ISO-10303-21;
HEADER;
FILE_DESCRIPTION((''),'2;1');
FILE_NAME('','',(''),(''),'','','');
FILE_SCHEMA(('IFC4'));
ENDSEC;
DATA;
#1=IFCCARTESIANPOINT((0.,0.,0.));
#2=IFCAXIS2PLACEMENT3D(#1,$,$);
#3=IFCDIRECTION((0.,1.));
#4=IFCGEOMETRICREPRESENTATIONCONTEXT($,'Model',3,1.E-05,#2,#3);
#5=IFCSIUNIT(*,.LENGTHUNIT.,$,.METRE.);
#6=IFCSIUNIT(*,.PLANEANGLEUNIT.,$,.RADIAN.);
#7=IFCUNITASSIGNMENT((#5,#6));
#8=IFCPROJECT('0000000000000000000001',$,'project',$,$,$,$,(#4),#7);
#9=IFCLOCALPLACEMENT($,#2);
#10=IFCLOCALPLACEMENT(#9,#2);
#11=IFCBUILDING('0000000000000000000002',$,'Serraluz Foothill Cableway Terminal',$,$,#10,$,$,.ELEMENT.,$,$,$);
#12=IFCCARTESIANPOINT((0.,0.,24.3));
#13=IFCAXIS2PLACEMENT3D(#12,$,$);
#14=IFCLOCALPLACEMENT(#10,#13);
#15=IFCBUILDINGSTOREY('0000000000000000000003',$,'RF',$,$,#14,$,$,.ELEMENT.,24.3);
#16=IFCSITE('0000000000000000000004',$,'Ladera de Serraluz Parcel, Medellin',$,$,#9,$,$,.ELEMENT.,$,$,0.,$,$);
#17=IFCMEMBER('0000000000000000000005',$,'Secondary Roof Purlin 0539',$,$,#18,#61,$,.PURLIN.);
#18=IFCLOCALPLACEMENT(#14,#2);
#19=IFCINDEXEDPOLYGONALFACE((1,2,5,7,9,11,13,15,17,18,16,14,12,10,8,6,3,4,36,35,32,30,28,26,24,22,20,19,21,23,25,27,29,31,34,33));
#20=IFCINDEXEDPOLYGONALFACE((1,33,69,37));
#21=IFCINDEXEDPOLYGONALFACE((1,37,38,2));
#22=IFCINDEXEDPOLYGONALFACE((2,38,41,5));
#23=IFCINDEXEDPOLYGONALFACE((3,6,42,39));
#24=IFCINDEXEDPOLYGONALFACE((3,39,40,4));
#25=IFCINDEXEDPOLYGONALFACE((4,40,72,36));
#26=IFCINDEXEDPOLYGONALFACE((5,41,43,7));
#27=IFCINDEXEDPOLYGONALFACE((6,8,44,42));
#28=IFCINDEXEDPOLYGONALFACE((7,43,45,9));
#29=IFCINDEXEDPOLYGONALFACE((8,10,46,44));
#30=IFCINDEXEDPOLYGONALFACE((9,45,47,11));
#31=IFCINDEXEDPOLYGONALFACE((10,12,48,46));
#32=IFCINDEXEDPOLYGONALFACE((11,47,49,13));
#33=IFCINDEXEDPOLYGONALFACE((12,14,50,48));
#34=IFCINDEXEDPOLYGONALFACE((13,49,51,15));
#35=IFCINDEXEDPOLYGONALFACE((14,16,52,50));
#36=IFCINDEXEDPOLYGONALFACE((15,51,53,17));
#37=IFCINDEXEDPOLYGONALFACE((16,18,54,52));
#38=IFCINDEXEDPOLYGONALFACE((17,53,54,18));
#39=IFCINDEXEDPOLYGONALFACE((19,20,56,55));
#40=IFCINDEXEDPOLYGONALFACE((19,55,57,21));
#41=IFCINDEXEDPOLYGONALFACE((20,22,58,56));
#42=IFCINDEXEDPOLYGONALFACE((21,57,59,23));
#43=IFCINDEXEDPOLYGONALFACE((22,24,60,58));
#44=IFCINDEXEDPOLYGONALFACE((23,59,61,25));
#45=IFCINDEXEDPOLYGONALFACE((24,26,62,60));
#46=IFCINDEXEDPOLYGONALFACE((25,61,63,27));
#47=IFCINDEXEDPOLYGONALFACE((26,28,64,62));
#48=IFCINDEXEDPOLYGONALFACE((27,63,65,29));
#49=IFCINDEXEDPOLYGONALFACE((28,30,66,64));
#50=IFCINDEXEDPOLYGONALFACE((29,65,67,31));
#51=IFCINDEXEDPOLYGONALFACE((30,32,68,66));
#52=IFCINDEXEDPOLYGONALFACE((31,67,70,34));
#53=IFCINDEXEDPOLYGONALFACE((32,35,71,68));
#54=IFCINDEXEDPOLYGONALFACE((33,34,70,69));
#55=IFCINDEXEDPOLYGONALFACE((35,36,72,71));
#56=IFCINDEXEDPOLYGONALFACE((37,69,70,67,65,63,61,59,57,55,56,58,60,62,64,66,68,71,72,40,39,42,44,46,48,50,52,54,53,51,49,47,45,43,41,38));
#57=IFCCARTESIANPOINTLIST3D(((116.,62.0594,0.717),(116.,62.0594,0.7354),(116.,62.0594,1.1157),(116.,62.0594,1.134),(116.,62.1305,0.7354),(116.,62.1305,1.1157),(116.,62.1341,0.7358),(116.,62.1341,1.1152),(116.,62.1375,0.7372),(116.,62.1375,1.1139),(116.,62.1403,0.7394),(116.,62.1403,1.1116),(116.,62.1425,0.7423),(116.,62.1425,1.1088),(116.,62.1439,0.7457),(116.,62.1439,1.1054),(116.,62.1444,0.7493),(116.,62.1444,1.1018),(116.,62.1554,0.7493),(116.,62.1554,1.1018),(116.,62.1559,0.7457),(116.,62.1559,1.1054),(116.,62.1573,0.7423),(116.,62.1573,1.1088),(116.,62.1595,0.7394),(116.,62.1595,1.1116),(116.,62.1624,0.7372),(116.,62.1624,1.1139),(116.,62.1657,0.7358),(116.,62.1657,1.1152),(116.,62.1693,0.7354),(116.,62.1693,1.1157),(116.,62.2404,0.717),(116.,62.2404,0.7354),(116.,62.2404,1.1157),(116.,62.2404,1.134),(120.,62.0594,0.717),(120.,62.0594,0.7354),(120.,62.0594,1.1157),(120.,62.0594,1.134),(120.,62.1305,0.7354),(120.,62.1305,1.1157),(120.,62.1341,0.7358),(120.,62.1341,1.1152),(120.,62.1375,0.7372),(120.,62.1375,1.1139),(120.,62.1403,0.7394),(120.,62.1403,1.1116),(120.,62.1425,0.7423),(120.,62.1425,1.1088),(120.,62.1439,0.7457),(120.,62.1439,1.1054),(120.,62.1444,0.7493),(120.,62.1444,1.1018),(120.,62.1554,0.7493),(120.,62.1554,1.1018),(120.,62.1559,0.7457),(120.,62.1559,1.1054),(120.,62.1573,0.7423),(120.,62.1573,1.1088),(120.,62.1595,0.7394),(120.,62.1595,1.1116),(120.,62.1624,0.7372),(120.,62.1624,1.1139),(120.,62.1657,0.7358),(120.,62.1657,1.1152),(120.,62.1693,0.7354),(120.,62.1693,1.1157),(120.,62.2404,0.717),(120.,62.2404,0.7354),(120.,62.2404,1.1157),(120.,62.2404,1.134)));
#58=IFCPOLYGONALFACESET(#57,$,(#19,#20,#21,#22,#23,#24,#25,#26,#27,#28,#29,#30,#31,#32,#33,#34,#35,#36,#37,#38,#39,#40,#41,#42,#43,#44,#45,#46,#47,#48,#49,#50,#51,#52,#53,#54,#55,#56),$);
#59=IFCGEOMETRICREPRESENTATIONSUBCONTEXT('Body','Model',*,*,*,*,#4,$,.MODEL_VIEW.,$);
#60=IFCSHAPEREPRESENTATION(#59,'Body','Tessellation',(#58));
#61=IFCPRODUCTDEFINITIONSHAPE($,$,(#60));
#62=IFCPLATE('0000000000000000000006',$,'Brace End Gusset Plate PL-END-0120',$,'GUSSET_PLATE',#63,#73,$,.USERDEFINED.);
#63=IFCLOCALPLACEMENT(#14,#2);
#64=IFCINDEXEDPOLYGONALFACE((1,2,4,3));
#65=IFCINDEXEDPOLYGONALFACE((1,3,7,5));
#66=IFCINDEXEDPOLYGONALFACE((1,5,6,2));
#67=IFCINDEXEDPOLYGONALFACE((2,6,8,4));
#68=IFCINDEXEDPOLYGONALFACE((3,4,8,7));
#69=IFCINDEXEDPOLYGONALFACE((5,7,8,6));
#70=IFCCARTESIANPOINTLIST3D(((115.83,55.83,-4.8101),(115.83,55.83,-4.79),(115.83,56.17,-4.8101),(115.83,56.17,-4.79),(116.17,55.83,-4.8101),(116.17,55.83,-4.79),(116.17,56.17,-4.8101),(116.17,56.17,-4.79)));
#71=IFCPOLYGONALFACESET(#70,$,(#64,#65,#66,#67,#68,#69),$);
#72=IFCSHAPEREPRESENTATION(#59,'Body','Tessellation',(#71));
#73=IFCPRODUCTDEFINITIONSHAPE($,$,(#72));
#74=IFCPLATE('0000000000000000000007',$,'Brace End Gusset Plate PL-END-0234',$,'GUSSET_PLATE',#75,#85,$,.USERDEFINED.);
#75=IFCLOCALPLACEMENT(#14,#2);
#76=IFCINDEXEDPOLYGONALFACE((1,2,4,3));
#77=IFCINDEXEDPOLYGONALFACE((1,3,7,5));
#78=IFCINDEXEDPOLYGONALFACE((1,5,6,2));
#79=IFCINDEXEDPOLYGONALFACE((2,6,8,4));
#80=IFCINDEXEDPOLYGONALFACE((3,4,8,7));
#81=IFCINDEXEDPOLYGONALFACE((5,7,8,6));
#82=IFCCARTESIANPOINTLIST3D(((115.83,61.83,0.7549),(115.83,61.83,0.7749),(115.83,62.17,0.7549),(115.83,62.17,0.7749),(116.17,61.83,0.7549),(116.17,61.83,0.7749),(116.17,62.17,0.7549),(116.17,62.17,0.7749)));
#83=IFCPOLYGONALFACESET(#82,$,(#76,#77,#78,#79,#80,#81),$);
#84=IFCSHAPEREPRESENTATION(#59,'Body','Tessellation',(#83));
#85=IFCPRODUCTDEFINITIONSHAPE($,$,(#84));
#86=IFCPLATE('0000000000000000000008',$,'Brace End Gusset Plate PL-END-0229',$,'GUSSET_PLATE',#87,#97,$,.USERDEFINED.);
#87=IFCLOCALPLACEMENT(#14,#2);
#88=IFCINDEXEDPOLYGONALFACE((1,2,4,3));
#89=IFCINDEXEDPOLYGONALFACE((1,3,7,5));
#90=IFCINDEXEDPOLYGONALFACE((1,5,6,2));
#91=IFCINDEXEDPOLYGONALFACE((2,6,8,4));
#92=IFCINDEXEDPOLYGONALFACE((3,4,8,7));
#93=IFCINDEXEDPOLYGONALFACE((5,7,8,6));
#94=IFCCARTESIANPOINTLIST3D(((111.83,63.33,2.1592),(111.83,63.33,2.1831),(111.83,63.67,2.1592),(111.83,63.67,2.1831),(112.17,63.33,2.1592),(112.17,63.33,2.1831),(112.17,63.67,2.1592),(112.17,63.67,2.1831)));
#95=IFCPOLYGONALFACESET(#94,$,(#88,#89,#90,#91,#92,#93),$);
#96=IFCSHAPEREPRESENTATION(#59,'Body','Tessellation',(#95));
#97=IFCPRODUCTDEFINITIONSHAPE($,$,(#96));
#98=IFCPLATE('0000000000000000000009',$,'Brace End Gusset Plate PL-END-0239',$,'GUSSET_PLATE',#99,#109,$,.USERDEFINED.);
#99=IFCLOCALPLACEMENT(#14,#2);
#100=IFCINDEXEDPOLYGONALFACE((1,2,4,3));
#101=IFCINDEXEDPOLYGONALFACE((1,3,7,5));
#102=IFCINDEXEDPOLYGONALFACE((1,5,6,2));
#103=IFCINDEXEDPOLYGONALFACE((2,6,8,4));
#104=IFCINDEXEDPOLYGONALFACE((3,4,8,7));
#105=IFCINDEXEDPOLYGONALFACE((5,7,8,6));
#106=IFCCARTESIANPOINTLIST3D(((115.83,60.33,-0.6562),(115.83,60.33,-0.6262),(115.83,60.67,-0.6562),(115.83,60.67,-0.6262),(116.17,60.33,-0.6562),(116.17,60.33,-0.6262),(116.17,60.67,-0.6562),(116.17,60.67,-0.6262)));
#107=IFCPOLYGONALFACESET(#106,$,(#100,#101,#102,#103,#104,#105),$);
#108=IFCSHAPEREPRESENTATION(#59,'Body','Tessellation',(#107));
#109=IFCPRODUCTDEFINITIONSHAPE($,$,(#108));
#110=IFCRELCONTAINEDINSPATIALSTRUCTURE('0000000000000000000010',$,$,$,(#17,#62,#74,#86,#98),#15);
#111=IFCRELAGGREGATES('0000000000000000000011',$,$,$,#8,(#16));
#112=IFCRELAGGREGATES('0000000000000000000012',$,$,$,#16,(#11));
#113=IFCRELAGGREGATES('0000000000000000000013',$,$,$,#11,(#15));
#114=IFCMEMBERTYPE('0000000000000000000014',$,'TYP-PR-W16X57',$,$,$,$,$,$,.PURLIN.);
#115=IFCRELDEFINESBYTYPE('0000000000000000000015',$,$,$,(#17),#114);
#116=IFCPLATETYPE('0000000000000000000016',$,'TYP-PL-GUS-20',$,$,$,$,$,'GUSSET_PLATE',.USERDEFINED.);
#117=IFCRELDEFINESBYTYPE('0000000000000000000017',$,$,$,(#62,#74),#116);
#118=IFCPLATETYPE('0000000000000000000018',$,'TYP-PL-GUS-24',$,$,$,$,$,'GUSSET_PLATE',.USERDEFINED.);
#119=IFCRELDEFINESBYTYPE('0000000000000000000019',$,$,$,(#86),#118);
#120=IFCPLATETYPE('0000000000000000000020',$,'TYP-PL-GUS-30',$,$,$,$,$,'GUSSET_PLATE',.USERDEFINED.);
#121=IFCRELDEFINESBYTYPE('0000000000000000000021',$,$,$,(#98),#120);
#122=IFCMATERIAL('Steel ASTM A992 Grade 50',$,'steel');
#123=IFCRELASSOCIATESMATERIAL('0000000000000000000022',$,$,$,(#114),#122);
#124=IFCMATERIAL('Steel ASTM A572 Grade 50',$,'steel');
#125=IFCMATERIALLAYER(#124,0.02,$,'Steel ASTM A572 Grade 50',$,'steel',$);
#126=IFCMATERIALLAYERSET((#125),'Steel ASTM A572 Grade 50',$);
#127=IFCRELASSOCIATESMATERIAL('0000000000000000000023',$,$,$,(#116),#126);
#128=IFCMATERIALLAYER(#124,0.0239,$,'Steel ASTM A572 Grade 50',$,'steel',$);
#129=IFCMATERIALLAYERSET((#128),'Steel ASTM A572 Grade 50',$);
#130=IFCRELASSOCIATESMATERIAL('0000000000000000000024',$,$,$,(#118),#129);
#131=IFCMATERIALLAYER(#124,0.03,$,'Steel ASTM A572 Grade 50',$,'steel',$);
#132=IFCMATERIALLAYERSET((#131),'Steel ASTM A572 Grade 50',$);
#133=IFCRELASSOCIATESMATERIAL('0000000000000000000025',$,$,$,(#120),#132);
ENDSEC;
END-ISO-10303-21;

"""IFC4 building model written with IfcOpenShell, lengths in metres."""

from ifc_helpers import new_model, si_unit, direction, frame, origin, origin_2d, place, context, subcontext, project, spatial, rectangle, i_section, extrude, material, layer, layer_set, material_profile, profile_set, type_object, element, save


model = new_model("IFC4")

# Units and contexts
model_context = context("Model", 3, precision=1e-05, world=origin(), true_north=direction((0.0, 1.0)))
body_context = subcontext(model_context, "Body", "Model", "MODEL_VIEW")
ifc_project = project(units=[si_unit("LENGTHUNIT", "METRE"), si_unit("PLANEANGLEUNIT", "RADIAN")], contexts=[model_context])

# Site, building, storey
site_placement = place(None, origin())
site = spatial("IfcSite", under=ifc_project, at=site_placement, Name="Ladera de Serraluz Parcel, Medellin", CompositionType="ELEMENT", RefElevation=0.0)
building_placement = place(site_placement, origin())
building = spatial("IfcBuilding", under=site, at=building_placement, Name="Serraluz Foothill Cableway Terminal", CompositionType="ELEMENT")
storey_placement = place(building_placement, frame((0.0, 0.0, 24.3)))
storey = spatial("IfcBuildingStorey", under=building, at=storey_placement, Name="RF", CompositionType="ELEMENT", Elevation=24.3)

# Member
ifc_material_1 = material(Name="Steel ASTM A572 Grade 50", Category="steel")
ifc_material_2 = material(Name="Steel ASTM A992 Grade 50", Category="steel")
ifc_material_profile_1 = material_profile(ifc_material_2, i_section(OverallWidth=0.1809, OverallDepth=0.417, WebThickness=0.011, FlangeThickness=0.0183, FilletRadius=0.0139, at=origin_2d()), Name="W16X57")
ifc_profile_set_1 = profile_set([ifc_material_profile_1], Name="Steel ASTM A992 Grade 50")
member_type_1 = type_object("IfcMemberType", Name="TYP-PR-W16X57", PredefinedType="PURLIN", material=ifc_profile_set_1)
for number, where, z_axis, x_axis, name in (
    (1, (116.0, 62.1499, 0.9255), (1.0, 0.0, 0.0), (0.0, 1.0, 0.0), "Secondary Roof Purlin 0539"),
):
    element("IfcMember", number, at=place(storey_placement, frame(where, z_axis=z_axis, x_axis=x_axis)), inside=storey, type_object=member_type_1, Name=name, PredefinedType="PURLIN", context=body_context, shape_type="SweptSolid", body=[
        extrude(i_section(OverallWidth=0.1809, OverallDepth=0.417, WebThickness=0.011, FlangeThickness=0.0183, FilletRadius=0.0139, at=origin_2d()), origin(), (0.0, 0.0, 1.0), 4.0),
    ])

# Plates
ifc_layer_1 = layer(ifc_material_1, 0.02, Name="Steel ASTM A572 Grade 50", Category="steel")
ifc_layer_set_1 = layer_set([ifc_layer_1], Name="Steel ASTM A572 Grade 50")
plate_type_1 = type_object("IfcPlateType", Name="TYP-PL-GUS-20", ElementType="GUSSET_PLATE", PredefinedType="USERDEFINED", material=ifc_layer_set_1)
for number, where, z_axis, x_axis, name in (
    (2, (116.0, 56.0, -4.8101), (0.0, 0.0, 1.0), (1.0, 0.0, 0.0), "Brace End Gusset Plate PL-END-0120"),
    (3, (116.0, 62.0, 0.7549), (0.0, 0.0, 1.0), (1.0, 0.0, 0.0), "Brace End Gusset Plate PL-END-0234"),
):
    element("IfcPlate", number, at=place(storey_placement, frame(where, z_axis=z_axis, x_axis=x_axis)), inside=storey, type_object=plate_type_1, Name=name, ObjectType="GUSSET_PLATE", PredefinedType="USERDEFINED", context=body_context, shape_type="SweptSolid", body=[
        extrude(rectangle(XDim=0.3401, YDim=0.3401, at=origin_2d()), origin(), (0.0, 0.0, 1.0), 0.02),
    ])
ifc_layer_2 = layer(ifc_material_1, 0.0239, Name="Steel ASTM A572 Grade 50", Category="steel")
ifc_layer_set_2 = layer_set([ifc_layer_2], Name="Steel ASTM A572 Grade 50")
plate_type_2 = type_object("IfcPlateType", Name="TYP-PL-GUS-24", ElementType="GUSSET_PLATE", PredefinedType="USERDEFINED", material=ifc_layer_set_2)
plate_1_placement = place(storey_placement, frame((112.0, 63.5, 2.1592), z_axis=(0.0, 0.0, 1.0), x_axis=(1.0, 0.0, 0.0)))
element("IfcPlate", 4, at=plate_1_placement, inside=storey, type_object=plate_type_2, Name="Brace End Gusset Plate PL-END-0229", ObjectType="GUSSET_PLATE", PredefinedType="USERDEFINED", context=body_context, shape_type="SweptSolid", body=[
    extrude(rectangle(XDim=0.3401, YDim=0.3401, at=origin_2d()), origin(), (0.0, 0.0, 1.0), 0.0239),
])
ifc_layer_3 = layer(ifc_material_1, 0.03, Name="Steel ASTM A572 Grade 50", Category="steel")
ifc_layer_set_3 = layer_set([ifc_layer_3], Name="Steel ASTM A572 Grade 50")
plate_type_3 = type_object("IfcPlateType", Name="TYP-PL-GUS-30", ElementType="GUSSET_PLATE", PredefinedType="USERDEFINED", material=ifc_layer_set_3)
plate_2_placement = place(storey_placement, frame((116.0, 60.5, -0.6562), z_axis=(0.0, 0.0, 1.0), x_axis=(1.0, 0.0, 0.0)))
element("IfcPlate", 5, at=plate_2_placement, inside=storey, type_object=plate_type_3, Name="Brace End Gusset Plate PL-END-0239", ObjectType="GUSSET_PLATE", PredefinedType="USERDEFINED", context=body_context, shape_type="SweptSolid", body=[
    extrude(rectangle(XDim=0.3401, YDim=0.3401, at=origin_2d()), origin(), (0.0, 0.0, 1.0), 0.03),
])

save(model, "model.ifc")
